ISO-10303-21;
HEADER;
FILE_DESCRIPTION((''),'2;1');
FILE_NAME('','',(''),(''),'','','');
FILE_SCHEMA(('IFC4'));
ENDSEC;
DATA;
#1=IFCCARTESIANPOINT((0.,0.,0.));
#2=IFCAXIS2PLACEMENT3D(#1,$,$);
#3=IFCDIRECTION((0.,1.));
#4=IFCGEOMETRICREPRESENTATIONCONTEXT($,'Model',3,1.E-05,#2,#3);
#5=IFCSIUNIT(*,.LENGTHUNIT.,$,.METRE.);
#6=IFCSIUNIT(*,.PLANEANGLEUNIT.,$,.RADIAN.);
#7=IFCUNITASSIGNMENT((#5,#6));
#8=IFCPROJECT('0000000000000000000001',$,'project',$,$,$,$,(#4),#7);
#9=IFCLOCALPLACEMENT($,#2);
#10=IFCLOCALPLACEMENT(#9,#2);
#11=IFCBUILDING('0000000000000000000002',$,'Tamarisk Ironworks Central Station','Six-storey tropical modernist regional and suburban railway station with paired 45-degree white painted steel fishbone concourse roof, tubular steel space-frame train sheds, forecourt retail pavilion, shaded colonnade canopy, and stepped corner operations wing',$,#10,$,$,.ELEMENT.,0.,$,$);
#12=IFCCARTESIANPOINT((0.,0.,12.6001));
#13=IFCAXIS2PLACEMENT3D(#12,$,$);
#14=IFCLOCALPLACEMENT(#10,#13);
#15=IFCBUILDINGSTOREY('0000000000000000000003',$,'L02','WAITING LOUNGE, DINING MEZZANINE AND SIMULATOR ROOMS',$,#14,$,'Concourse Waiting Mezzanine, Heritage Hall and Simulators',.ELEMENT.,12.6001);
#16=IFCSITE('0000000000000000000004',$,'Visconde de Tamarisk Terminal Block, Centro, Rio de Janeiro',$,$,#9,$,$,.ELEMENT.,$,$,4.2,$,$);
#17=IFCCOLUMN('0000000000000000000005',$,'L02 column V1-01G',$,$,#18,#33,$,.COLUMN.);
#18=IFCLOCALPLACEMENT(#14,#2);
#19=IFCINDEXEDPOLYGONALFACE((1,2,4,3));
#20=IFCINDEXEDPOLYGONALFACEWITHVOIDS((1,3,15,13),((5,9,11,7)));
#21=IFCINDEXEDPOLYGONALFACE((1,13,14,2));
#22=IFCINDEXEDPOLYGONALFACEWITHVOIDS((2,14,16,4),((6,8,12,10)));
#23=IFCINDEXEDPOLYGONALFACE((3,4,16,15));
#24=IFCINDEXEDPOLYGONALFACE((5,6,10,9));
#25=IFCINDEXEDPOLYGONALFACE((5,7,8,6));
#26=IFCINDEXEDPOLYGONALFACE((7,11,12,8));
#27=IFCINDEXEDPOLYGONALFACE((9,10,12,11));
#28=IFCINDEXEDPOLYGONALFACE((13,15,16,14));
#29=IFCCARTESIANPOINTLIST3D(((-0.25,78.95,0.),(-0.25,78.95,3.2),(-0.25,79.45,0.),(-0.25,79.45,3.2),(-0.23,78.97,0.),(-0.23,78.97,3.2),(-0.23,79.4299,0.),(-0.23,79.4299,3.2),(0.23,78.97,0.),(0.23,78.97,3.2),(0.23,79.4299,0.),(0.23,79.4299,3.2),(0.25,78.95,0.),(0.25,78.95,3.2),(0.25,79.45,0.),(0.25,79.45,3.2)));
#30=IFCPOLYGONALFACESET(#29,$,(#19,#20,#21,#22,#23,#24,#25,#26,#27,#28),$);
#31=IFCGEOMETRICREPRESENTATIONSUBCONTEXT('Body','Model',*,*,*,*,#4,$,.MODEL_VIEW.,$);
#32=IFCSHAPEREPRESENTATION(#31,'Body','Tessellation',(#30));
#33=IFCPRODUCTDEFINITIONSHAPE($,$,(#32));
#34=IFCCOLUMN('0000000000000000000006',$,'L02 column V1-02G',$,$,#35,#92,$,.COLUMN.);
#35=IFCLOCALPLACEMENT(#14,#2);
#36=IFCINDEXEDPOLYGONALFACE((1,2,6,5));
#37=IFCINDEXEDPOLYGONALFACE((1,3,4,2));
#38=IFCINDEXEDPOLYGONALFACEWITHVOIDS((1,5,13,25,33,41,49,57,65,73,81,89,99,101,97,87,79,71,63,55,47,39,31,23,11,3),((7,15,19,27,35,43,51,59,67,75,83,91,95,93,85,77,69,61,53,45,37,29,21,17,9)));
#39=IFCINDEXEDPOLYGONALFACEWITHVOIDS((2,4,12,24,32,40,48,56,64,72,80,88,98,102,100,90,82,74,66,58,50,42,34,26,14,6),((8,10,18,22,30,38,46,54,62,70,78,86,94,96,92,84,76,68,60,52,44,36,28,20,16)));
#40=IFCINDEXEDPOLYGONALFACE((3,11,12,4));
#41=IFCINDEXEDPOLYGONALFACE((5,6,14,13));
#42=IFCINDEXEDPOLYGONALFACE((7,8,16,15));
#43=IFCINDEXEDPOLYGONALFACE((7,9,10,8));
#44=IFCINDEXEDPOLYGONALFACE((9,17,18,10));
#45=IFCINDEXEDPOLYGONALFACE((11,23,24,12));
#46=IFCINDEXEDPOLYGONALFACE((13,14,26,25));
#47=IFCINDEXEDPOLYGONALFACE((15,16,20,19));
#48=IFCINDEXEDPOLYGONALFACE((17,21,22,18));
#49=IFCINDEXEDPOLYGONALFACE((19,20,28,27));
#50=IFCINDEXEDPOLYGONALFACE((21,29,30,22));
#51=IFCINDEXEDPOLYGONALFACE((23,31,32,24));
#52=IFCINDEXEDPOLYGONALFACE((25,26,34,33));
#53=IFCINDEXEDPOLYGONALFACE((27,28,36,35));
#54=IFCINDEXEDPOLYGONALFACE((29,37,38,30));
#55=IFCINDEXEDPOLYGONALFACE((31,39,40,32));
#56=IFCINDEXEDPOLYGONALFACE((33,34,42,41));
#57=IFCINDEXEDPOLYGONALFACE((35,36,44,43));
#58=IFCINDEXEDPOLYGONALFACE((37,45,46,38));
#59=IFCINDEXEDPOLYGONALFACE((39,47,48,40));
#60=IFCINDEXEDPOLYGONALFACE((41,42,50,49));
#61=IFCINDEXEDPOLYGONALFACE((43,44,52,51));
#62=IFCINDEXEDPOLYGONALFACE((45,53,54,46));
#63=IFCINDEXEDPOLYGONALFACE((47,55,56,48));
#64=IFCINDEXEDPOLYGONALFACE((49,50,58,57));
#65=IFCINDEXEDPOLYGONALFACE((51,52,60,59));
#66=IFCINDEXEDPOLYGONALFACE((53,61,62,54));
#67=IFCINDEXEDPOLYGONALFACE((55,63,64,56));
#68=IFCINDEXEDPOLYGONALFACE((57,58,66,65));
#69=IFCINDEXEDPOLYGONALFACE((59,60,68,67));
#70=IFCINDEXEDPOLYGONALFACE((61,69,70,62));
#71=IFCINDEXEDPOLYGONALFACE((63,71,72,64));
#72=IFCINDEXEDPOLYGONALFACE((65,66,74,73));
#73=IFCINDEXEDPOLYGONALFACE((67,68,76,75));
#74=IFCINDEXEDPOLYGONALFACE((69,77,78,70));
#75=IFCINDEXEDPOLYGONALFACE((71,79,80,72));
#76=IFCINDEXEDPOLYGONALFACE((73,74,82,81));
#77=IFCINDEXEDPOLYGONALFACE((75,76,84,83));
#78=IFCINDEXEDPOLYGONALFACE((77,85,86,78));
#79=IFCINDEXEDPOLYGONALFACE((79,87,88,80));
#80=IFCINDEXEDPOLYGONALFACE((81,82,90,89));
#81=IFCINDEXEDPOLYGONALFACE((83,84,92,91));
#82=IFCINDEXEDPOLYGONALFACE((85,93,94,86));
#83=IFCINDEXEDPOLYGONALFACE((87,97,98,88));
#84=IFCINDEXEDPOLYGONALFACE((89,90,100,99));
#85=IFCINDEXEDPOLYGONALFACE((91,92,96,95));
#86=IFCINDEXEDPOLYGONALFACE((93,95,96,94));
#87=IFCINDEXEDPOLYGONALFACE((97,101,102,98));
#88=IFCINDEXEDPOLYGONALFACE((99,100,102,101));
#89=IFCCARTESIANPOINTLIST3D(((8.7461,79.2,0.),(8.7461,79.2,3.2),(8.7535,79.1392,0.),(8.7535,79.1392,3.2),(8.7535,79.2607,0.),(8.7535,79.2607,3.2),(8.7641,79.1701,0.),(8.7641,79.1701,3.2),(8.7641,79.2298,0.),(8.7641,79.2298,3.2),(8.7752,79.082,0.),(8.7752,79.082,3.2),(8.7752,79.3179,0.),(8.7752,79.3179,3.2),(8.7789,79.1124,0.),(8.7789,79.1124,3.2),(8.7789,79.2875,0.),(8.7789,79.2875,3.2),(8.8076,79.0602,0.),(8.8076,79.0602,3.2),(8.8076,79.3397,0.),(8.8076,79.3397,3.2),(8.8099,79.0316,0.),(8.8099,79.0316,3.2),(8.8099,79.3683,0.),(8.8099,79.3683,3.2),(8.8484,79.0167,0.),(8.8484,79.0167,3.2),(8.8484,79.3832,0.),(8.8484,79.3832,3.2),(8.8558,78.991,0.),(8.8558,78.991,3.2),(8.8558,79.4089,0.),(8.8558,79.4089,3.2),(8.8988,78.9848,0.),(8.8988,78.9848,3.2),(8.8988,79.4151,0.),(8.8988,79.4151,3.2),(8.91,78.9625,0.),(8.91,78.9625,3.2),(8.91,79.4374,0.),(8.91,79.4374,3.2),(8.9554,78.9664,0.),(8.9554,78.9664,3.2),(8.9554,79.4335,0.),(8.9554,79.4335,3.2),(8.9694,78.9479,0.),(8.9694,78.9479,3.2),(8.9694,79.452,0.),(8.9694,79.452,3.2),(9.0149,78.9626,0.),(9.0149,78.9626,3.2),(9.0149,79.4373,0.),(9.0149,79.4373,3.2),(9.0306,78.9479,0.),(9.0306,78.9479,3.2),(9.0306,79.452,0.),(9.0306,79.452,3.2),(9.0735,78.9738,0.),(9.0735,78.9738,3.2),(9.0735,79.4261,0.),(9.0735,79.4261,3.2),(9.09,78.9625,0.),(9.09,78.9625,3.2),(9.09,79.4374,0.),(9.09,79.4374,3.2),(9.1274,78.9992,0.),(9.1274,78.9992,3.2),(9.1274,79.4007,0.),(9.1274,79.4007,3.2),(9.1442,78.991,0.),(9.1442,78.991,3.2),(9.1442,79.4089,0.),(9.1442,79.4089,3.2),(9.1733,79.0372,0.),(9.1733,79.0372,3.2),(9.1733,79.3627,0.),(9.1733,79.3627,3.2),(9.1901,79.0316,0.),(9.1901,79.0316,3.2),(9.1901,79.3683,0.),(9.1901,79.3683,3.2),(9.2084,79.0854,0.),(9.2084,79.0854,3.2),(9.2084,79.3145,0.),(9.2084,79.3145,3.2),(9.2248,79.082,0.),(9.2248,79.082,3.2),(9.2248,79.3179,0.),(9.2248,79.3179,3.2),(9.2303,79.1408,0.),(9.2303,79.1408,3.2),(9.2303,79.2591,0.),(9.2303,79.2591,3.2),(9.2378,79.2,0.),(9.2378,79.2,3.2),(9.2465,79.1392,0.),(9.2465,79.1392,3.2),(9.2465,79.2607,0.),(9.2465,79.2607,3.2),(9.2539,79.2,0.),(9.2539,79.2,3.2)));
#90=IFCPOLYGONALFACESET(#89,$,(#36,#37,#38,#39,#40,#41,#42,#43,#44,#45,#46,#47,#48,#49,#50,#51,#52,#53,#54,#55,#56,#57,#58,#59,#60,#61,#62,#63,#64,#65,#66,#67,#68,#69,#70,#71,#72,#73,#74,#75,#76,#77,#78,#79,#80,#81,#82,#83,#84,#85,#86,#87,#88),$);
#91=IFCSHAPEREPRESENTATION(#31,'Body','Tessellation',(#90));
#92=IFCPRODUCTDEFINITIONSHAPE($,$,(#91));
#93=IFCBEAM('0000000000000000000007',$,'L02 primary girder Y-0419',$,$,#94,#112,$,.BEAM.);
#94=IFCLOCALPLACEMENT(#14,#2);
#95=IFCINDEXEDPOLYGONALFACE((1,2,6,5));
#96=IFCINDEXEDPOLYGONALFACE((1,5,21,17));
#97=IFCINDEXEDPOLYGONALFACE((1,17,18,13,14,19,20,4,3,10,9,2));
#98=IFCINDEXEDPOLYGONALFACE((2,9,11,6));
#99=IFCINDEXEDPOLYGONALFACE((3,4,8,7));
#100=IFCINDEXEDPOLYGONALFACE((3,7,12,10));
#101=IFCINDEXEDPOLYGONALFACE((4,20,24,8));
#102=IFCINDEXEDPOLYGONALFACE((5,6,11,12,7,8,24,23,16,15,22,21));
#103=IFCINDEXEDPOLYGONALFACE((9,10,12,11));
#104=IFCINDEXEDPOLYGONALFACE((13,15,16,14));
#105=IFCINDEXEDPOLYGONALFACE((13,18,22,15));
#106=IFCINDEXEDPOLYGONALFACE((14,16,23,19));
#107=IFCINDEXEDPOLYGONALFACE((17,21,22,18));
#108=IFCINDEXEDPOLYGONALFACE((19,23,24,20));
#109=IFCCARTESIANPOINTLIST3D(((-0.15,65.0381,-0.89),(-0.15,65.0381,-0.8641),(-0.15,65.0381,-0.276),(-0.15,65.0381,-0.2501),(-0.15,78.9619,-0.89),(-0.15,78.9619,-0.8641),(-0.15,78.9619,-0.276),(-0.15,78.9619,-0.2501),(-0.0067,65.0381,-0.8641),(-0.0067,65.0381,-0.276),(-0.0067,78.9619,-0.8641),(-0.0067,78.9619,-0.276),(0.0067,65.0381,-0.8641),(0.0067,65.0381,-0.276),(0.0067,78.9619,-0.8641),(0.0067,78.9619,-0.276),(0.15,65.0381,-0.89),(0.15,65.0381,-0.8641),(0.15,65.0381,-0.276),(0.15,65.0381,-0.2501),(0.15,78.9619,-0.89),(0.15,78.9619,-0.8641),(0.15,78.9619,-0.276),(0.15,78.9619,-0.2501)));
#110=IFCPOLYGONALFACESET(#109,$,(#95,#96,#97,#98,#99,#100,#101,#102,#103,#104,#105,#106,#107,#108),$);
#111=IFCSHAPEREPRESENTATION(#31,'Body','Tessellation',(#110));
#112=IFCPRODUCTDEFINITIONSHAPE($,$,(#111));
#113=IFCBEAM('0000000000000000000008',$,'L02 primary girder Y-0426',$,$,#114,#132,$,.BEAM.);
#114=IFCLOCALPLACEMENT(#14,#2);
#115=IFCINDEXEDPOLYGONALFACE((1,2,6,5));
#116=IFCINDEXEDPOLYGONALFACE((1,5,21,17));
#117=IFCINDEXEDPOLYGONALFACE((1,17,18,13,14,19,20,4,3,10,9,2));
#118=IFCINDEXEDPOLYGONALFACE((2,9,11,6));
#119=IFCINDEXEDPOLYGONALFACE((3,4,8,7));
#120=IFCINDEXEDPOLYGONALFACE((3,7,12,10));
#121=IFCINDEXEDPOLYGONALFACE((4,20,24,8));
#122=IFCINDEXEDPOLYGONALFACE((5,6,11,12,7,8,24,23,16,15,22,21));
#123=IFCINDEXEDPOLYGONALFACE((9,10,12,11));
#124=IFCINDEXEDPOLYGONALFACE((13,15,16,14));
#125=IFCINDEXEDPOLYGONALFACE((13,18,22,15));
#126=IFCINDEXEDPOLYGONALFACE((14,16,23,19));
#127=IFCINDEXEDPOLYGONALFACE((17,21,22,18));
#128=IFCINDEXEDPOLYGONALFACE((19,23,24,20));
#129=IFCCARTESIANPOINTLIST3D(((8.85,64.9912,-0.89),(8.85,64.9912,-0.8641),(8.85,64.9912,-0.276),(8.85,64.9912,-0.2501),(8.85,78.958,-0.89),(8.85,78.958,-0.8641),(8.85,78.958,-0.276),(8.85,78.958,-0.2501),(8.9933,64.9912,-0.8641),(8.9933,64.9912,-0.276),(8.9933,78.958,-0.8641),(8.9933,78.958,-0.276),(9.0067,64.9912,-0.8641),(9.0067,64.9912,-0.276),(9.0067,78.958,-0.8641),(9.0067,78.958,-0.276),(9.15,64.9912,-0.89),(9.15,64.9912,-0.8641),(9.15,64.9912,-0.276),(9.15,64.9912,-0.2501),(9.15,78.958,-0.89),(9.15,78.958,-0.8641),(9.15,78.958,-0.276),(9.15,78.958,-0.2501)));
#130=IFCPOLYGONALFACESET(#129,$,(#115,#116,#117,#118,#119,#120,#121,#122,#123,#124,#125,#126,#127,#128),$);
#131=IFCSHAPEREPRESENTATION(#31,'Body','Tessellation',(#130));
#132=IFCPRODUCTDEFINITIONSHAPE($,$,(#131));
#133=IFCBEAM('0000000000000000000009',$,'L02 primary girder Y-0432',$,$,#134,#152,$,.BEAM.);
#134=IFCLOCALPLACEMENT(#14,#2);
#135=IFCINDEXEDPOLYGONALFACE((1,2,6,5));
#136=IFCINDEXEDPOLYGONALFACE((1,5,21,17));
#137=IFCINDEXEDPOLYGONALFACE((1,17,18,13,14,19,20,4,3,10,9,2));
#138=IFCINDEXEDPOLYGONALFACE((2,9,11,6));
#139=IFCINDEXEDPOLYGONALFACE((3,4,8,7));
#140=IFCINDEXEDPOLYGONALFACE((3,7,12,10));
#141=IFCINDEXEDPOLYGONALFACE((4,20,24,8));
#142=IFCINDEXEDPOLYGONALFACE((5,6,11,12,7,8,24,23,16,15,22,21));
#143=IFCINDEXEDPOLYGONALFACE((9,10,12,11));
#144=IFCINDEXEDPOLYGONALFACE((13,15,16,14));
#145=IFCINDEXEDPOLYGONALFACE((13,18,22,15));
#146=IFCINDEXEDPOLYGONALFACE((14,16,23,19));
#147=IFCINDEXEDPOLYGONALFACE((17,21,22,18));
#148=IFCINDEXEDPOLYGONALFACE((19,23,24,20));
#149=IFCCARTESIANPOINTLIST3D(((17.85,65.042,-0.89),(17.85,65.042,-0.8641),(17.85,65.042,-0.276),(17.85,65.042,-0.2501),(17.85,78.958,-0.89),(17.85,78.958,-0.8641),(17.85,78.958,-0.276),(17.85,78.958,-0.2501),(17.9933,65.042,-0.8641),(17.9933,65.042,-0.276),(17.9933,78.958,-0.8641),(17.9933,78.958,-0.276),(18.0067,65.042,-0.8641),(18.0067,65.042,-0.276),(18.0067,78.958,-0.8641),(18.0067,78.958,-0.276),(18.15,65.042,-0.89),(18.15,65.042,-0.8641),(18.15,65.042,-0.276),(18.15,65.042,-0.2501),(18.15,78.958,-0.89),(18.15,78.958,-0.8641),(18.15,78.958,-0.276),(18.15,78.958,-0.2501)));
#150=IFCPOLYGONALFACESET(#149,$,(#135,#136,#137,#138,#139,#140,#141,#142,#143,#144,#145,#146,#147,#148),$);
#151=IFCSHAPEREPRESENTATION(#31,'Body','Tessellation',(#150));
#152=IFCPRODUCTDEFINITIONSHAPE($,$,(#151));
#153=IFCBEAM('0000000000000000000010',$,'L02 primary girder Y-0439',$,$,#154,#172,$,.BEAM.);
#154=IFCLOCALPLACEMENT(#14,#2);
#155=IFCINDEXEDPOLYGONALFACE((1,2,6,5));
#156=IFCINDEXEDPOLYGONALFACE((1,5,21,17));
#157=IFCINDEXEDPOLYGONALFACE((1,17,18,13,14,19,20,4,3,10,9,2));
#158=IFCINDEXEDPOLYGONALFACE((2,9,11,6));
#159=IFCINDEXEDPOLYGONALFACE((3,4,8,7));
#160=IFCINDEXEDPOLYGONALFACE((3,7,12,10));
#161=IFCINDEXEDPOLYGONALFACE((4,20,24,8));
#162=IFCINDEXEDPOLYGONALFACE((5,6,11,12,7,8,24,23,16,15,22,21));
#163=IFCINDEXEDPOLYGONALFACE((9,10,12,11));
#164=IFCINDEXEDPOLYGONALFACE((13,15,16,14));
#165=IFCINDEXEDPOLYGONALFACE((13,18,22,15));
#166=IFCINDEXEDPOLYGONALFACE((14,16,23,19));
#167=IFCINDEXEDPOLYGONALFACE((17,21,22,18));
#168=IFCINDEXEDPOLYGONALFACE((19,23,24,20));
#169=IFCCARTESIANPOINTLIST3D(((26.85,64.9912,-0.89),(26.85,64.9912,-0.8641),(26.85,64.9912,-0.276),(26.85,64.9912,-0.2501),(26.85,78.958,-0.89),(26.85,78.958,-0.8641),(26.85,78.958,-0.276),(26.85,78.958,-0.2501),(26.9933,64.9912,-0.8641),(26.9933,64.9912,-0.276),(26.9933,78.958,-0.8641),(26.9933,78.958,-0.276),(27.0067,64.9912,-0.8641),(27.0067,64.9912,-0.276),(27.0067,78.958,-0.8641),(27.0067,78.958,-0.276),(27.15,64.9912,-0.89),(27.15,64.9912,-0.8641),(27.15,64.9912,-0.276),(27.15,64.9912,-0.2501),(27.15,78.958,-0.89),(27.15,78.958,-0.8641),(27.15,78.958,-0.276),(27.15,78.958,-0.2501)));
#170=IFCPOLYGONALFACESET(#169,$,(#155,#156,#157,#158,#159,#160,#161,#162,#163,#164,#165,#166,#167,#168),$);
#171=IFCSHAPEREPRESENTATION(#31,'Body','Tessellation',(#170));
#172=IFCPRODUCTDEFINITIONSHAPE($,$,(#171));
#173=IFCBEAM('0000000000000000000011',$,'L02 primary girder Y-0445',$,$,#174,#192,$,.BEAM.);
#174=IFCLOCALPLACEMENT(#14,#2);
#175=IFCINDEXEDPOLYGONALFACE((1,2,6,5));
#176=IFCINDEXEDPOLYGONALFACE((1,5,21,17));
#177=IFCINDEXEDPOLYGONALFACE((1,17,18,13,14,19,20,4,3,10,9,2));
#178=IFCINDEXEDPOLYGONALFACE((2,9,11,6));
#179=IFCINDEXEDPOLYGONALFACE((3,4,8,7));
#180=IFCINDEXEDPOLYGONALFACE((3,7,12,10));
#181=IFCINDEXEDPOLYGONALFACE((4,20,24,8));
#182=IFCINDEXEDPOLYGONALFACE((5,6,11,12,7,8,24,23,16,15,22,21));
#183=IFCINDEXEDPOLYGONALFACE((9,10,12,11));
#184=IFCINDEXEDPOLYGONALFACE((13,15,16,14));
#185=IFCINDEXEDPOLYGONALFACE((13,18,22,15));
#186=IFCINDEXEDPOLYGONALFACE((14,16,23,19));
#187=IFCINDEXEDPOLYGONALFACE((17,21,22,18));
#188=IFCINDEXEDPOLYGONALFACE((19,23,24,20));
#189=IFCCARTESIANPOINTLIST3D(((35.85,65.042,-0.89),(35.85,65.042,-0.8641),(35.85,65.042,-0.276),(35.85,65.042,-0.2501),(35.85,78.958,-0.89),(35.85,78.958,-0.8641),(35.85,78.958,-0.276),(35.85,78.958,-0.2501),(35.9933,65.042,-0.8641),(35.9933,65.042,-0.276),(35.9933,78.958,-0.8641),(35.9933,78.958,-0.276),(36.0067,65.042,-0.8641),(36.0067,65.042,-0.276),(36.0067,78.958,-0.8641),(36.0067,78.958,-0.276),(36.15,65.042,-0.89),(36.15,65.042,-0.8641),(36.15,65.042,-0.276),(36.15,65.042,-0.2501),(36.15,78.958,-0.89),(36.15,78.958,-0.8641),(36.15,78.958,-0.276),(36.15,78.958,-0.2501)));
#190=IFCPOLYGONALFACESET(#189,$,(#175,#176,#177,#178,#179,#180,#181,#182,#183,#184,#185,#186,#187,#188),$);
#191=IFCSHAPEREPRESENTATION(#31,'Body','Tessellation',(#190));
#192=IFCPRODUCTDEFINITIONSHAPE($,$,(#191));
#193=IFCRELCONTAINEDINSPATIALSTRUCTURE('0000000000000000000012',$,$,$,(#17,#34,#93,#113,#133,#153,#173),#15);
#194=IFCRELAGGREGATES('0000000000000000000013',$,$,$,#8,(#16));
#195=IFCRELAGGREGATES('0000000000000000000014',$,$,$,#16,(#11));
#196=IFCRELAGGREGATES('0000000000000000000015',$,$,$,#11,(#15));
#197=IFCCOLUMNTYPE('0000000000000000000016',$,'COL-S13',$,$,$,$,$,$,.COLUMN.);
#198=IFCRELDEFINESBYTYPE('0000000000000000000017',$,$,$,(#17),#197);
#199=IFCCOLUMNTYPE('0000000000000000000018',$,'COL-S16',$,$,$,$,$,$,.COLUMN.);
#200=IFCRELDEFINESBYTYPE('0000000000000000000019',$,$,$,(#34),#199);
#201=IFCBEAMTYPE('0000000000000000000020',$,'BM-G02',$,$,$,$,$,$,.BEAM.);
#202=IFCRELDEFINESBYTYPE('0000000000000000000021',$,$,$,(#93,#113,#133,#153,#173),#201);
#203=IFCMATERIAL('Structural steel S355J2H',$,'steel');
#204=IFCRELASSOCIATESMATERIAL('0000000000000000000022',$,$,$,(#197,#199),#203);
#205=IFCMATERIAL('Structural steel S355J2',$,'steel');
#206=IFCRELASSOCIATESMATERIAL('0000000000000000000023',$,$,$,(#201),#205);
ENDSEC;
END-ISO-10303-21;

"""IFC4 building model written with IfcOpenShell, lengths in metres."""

from ifc_helpers import new_model, si_unit, direction, frame, origin, origin_2d, place, context, subcontext, project, spatial, hollow_rectangle, hollow_circle, i_section, extrude, material, material_profile, profile_set, type_object, element, save


model = new_model("IFC4")

# Units and contexts
model_context = context("Model", 3, precision=1e-05, world=origin(), true_north=direction((0.0, 1.0)))
body_context = subcontext(model_context, "Body", "Model", "MODEL_VIEW")
ifc_project = project(units=[si_unit("LENGTHUNIT", "METRE"), si_unit("PLANEANGLEUNIT", "RADIAN")], contexts=[model_context])

# Site, building, storey
site_placement = place(None, origin())
site = spatial("IfcSite", under=ifc_project, at=site_placement, Name="Visconde de Tamarisk Terminal Block, Centro, Rio de Janeiro", CompositionType="ELEMENT", RefElevation=4.2)
building_placement = place(site_placement, origin())
building = spatial("IfcBuilding", under=site, at=building_placement, Name="Tamarisk Ironworks Central Station", Description="Six-storey tropical modernist regional and suburban railway station with paired 45-degree white painted steel fishbone concourse roof, tubular steel space-frame train sheds, forecourt retail pavilion, shaded colonnade canopy, and stepped corner operations wing", CompositionType="ELEMENT", ElevationOfRefHeight=0.0)
storey_placement = place(building_placement, frame((0.0, 0.0, 12.6001)))
storey = spatial("IfcBuildingStorey", under=building, at=storey_placement, Name="L02", Description="WAITING LOUNGE, DINING MEZZANINE AND SIMULATOR ROOMS", LongName="Concourse Waiting Mezzanine, Heritage Hall and Simulators", CompositionType="ELEMENT", Elevation=12.6001)

# Columns
ifc_material_1 = material(Name="Structural steel S355J2H", Category="steel")
ifc_material_profile_1 = material_profile(ifc_material_1, hollow_rectangle(XDim=0.5, YDim=0.5, WallThickness=0.02, at=origin_2d()), Name="SHS 500x500x20")
ifc_profile_set_1 = profile_set([ifc_material_profile_1], Name="Structural steel S355J2H")
column_type_1 = type_object("IfcColumnType", Name="COL-S13", PredefinedType="COLUMN", material=ifc_profile_set_1)
column_1_placement = place(storey_placement, frame((0.0, 79.2, 0.0), z_axis=(0.0, 0.0, 1.0), x_axis=(1.0, 0.0, 0.0)))
element("IfcColumn", 1, at=column_1_placement, inside=storey, type_object=column_type_1, Name="L02 column V1-01G", PredefinedType="COLUMN", context=body_context, shape_type="SweptSolid", body=[
    extrude(hollow_rectangle(XDim=0.5, YDim=0.5, WallThickness=0.02, at=origin_2d()), origin(), (0.0, 0.0, 1.0), 3.2),
])
ifc_material_profile_2 = material_profile(ifc_material_1, hollow_circle(Radius=0.2539, WallThickness=0.0161, at=origin_2d()), Name="CHS 508x16")
ifc_profile_set_2 = profile_set([ifc_material_profile_2], Name="Structural steel S355J2H")
column_type_2 = type_object("IfcColumnType", Name="COL-S16", PredefinedType="COLUMN", material=ifc_profile_set_2)
column_2_placement = place(storey_placement, frame((9.0, 79.2, 0.0), z_axis=(0.0, 0.0, 1.0), x_axis=(1.0, 0.0, 0.0)))
element("IfcColumn", 2, at=column_2_placement, inside=storey, type_object=column_type_2, Name="L02 column V1-02G", PredefinedType="COLUMN", context=body_context, shape_type="SweptSolid", body=[
    extrude(hollow_circle(Radius=0.2539, WallThickness=0.0161, at=origin_2d()), origin(), (0.0, 0.0, 1.0), 3.2),
])

# Beams
ifc_material_2 = material(Name="Structural steel S355J2", Category="steel")
ifc_material_profile_3 = material_profile(ifc_material_2, i_section(OverallWidth=0.3, OverallDepth=0.6399, WebThickness=0.0134, FlangeThickness=0.0259, at=origin_2d()), Name="HEA 650")
ifc_profile_set_3 = profile_set([ifc_material_profile_3], Name="Structural steel S355J2")
beam_type_1 = type_object("IfcBeamType", Name="BM-G02", PredefinedType="BEAM", material=ifc_profile_set_3)
beam_1_placement = place(storey_placement, frame((0.0, 65.0381, -0.5701), z_axis=(0.0, 1.0, 0.0), x_axis=(-1.0, 0.0, 0.0)))
element("IfcBeam", 3, at=beam_1_placement, inside=storey, type_object=beam_type_1, Name="L02 primary girder Y-0419", PredefinedType="BEAM", context=body_context, shape_type="SweptSolid", body=[
    extrude(i_section(OverallWidth=0.3, OverallDepth=0.6399, WebThickness=0.0134, FlangeThickness=0.0259, at=origin_2d()), origin(), (0.0, 0.0, 1.0), 13.9238),
])
beam_2_placement = place(storey_placement, frame((9.0, 64.9912, -0.5701), z_axis=(0.0, 1.0, 0.0), x_axis=(-1.0, 0.0, 0.0)))
element("IfcBeam", 4, at=beam_2_placement, inside=storey, type_object=beam_type_1, Name="L02 primary girder Y-0426", PredefinedType="BEAM", context=body_context, shape_type="SweptSolid", body=[
    extrude(i_section(OverallWidth=0.3, OverallDepth=0.6399, WebThickness=0.0134, FlangeThickness=0.0259, at=origin_2d()), origin(), (0.0, 0.0, 1.0), 13.9668),
])
beam_3_placement = place(storey_placement, frame((18.0, 65.042, -0.5701), z_axis=(0.0, 1.0, 0.0), x_axis=(-1.0, 0.0, 0.0)))
element("IfcBeam", 5, at=beam_3_placement, inside=storey, type_object=beam_type_1, Name="L02 primary girder Y-0432", PredefinedType="BEAM", context=body_context, shape_type="SweptSolid", body=[
    extrude(i_section(OverallWidth=0.3, OverallDepth=0.6399, WebThickness=0.0134, FlangeThickness=0.0259, at=origin_2d()), origin(), (0.0, 0.0, 1.0), 13.916),
])
beam_4_placement = place(storey_placement, frame((27.0, 64.9912, -0.5701), z_axis=(0.0, 1.0, 0.0), x_axis=(-1.0, 0.0, 0.0)))
element("IfcBeam", 6, at=beam_4_placement, inside=storey, type_object=beam_type_1, Name="L02 primary girder Y-0439", PredefinedType="BEAM", context=body_context, shape_type="SweptSolid", body=[
    extrude(i_section(OverallWidth=0.3, OverallDepth=0.6399, WebThickness=0.0134, FlangeThickness=0.0259, at=origin_2d()), origin(), (0.0, 0.0, 1.0), 13.9668),
])
beam_5_placement = place(storey_placement, frame((36.0, 65.042, -0.5701), z_axis=(0.0, 1.0, 0.0), x_axis=(-1.0, 0.0, 0.0)))
element("IfcBeam", 7, at=beam_5_placement, inside=storey, type_object=beam_type_1, Name="L02 primary girder Y-0445", PredefinedType="BEAM", context=body_context, shape_type="SweptSolid", body=[
    extrude(i_section(OverallWidth=0.3, OverallDepth=0.6399, WebThickness=0.0134, FlangeThickness=0.0259, at=origin_2d()), origin(), (0.0, 0.0, 1.0), 13.916),
])

save(model, "model.ifc")
